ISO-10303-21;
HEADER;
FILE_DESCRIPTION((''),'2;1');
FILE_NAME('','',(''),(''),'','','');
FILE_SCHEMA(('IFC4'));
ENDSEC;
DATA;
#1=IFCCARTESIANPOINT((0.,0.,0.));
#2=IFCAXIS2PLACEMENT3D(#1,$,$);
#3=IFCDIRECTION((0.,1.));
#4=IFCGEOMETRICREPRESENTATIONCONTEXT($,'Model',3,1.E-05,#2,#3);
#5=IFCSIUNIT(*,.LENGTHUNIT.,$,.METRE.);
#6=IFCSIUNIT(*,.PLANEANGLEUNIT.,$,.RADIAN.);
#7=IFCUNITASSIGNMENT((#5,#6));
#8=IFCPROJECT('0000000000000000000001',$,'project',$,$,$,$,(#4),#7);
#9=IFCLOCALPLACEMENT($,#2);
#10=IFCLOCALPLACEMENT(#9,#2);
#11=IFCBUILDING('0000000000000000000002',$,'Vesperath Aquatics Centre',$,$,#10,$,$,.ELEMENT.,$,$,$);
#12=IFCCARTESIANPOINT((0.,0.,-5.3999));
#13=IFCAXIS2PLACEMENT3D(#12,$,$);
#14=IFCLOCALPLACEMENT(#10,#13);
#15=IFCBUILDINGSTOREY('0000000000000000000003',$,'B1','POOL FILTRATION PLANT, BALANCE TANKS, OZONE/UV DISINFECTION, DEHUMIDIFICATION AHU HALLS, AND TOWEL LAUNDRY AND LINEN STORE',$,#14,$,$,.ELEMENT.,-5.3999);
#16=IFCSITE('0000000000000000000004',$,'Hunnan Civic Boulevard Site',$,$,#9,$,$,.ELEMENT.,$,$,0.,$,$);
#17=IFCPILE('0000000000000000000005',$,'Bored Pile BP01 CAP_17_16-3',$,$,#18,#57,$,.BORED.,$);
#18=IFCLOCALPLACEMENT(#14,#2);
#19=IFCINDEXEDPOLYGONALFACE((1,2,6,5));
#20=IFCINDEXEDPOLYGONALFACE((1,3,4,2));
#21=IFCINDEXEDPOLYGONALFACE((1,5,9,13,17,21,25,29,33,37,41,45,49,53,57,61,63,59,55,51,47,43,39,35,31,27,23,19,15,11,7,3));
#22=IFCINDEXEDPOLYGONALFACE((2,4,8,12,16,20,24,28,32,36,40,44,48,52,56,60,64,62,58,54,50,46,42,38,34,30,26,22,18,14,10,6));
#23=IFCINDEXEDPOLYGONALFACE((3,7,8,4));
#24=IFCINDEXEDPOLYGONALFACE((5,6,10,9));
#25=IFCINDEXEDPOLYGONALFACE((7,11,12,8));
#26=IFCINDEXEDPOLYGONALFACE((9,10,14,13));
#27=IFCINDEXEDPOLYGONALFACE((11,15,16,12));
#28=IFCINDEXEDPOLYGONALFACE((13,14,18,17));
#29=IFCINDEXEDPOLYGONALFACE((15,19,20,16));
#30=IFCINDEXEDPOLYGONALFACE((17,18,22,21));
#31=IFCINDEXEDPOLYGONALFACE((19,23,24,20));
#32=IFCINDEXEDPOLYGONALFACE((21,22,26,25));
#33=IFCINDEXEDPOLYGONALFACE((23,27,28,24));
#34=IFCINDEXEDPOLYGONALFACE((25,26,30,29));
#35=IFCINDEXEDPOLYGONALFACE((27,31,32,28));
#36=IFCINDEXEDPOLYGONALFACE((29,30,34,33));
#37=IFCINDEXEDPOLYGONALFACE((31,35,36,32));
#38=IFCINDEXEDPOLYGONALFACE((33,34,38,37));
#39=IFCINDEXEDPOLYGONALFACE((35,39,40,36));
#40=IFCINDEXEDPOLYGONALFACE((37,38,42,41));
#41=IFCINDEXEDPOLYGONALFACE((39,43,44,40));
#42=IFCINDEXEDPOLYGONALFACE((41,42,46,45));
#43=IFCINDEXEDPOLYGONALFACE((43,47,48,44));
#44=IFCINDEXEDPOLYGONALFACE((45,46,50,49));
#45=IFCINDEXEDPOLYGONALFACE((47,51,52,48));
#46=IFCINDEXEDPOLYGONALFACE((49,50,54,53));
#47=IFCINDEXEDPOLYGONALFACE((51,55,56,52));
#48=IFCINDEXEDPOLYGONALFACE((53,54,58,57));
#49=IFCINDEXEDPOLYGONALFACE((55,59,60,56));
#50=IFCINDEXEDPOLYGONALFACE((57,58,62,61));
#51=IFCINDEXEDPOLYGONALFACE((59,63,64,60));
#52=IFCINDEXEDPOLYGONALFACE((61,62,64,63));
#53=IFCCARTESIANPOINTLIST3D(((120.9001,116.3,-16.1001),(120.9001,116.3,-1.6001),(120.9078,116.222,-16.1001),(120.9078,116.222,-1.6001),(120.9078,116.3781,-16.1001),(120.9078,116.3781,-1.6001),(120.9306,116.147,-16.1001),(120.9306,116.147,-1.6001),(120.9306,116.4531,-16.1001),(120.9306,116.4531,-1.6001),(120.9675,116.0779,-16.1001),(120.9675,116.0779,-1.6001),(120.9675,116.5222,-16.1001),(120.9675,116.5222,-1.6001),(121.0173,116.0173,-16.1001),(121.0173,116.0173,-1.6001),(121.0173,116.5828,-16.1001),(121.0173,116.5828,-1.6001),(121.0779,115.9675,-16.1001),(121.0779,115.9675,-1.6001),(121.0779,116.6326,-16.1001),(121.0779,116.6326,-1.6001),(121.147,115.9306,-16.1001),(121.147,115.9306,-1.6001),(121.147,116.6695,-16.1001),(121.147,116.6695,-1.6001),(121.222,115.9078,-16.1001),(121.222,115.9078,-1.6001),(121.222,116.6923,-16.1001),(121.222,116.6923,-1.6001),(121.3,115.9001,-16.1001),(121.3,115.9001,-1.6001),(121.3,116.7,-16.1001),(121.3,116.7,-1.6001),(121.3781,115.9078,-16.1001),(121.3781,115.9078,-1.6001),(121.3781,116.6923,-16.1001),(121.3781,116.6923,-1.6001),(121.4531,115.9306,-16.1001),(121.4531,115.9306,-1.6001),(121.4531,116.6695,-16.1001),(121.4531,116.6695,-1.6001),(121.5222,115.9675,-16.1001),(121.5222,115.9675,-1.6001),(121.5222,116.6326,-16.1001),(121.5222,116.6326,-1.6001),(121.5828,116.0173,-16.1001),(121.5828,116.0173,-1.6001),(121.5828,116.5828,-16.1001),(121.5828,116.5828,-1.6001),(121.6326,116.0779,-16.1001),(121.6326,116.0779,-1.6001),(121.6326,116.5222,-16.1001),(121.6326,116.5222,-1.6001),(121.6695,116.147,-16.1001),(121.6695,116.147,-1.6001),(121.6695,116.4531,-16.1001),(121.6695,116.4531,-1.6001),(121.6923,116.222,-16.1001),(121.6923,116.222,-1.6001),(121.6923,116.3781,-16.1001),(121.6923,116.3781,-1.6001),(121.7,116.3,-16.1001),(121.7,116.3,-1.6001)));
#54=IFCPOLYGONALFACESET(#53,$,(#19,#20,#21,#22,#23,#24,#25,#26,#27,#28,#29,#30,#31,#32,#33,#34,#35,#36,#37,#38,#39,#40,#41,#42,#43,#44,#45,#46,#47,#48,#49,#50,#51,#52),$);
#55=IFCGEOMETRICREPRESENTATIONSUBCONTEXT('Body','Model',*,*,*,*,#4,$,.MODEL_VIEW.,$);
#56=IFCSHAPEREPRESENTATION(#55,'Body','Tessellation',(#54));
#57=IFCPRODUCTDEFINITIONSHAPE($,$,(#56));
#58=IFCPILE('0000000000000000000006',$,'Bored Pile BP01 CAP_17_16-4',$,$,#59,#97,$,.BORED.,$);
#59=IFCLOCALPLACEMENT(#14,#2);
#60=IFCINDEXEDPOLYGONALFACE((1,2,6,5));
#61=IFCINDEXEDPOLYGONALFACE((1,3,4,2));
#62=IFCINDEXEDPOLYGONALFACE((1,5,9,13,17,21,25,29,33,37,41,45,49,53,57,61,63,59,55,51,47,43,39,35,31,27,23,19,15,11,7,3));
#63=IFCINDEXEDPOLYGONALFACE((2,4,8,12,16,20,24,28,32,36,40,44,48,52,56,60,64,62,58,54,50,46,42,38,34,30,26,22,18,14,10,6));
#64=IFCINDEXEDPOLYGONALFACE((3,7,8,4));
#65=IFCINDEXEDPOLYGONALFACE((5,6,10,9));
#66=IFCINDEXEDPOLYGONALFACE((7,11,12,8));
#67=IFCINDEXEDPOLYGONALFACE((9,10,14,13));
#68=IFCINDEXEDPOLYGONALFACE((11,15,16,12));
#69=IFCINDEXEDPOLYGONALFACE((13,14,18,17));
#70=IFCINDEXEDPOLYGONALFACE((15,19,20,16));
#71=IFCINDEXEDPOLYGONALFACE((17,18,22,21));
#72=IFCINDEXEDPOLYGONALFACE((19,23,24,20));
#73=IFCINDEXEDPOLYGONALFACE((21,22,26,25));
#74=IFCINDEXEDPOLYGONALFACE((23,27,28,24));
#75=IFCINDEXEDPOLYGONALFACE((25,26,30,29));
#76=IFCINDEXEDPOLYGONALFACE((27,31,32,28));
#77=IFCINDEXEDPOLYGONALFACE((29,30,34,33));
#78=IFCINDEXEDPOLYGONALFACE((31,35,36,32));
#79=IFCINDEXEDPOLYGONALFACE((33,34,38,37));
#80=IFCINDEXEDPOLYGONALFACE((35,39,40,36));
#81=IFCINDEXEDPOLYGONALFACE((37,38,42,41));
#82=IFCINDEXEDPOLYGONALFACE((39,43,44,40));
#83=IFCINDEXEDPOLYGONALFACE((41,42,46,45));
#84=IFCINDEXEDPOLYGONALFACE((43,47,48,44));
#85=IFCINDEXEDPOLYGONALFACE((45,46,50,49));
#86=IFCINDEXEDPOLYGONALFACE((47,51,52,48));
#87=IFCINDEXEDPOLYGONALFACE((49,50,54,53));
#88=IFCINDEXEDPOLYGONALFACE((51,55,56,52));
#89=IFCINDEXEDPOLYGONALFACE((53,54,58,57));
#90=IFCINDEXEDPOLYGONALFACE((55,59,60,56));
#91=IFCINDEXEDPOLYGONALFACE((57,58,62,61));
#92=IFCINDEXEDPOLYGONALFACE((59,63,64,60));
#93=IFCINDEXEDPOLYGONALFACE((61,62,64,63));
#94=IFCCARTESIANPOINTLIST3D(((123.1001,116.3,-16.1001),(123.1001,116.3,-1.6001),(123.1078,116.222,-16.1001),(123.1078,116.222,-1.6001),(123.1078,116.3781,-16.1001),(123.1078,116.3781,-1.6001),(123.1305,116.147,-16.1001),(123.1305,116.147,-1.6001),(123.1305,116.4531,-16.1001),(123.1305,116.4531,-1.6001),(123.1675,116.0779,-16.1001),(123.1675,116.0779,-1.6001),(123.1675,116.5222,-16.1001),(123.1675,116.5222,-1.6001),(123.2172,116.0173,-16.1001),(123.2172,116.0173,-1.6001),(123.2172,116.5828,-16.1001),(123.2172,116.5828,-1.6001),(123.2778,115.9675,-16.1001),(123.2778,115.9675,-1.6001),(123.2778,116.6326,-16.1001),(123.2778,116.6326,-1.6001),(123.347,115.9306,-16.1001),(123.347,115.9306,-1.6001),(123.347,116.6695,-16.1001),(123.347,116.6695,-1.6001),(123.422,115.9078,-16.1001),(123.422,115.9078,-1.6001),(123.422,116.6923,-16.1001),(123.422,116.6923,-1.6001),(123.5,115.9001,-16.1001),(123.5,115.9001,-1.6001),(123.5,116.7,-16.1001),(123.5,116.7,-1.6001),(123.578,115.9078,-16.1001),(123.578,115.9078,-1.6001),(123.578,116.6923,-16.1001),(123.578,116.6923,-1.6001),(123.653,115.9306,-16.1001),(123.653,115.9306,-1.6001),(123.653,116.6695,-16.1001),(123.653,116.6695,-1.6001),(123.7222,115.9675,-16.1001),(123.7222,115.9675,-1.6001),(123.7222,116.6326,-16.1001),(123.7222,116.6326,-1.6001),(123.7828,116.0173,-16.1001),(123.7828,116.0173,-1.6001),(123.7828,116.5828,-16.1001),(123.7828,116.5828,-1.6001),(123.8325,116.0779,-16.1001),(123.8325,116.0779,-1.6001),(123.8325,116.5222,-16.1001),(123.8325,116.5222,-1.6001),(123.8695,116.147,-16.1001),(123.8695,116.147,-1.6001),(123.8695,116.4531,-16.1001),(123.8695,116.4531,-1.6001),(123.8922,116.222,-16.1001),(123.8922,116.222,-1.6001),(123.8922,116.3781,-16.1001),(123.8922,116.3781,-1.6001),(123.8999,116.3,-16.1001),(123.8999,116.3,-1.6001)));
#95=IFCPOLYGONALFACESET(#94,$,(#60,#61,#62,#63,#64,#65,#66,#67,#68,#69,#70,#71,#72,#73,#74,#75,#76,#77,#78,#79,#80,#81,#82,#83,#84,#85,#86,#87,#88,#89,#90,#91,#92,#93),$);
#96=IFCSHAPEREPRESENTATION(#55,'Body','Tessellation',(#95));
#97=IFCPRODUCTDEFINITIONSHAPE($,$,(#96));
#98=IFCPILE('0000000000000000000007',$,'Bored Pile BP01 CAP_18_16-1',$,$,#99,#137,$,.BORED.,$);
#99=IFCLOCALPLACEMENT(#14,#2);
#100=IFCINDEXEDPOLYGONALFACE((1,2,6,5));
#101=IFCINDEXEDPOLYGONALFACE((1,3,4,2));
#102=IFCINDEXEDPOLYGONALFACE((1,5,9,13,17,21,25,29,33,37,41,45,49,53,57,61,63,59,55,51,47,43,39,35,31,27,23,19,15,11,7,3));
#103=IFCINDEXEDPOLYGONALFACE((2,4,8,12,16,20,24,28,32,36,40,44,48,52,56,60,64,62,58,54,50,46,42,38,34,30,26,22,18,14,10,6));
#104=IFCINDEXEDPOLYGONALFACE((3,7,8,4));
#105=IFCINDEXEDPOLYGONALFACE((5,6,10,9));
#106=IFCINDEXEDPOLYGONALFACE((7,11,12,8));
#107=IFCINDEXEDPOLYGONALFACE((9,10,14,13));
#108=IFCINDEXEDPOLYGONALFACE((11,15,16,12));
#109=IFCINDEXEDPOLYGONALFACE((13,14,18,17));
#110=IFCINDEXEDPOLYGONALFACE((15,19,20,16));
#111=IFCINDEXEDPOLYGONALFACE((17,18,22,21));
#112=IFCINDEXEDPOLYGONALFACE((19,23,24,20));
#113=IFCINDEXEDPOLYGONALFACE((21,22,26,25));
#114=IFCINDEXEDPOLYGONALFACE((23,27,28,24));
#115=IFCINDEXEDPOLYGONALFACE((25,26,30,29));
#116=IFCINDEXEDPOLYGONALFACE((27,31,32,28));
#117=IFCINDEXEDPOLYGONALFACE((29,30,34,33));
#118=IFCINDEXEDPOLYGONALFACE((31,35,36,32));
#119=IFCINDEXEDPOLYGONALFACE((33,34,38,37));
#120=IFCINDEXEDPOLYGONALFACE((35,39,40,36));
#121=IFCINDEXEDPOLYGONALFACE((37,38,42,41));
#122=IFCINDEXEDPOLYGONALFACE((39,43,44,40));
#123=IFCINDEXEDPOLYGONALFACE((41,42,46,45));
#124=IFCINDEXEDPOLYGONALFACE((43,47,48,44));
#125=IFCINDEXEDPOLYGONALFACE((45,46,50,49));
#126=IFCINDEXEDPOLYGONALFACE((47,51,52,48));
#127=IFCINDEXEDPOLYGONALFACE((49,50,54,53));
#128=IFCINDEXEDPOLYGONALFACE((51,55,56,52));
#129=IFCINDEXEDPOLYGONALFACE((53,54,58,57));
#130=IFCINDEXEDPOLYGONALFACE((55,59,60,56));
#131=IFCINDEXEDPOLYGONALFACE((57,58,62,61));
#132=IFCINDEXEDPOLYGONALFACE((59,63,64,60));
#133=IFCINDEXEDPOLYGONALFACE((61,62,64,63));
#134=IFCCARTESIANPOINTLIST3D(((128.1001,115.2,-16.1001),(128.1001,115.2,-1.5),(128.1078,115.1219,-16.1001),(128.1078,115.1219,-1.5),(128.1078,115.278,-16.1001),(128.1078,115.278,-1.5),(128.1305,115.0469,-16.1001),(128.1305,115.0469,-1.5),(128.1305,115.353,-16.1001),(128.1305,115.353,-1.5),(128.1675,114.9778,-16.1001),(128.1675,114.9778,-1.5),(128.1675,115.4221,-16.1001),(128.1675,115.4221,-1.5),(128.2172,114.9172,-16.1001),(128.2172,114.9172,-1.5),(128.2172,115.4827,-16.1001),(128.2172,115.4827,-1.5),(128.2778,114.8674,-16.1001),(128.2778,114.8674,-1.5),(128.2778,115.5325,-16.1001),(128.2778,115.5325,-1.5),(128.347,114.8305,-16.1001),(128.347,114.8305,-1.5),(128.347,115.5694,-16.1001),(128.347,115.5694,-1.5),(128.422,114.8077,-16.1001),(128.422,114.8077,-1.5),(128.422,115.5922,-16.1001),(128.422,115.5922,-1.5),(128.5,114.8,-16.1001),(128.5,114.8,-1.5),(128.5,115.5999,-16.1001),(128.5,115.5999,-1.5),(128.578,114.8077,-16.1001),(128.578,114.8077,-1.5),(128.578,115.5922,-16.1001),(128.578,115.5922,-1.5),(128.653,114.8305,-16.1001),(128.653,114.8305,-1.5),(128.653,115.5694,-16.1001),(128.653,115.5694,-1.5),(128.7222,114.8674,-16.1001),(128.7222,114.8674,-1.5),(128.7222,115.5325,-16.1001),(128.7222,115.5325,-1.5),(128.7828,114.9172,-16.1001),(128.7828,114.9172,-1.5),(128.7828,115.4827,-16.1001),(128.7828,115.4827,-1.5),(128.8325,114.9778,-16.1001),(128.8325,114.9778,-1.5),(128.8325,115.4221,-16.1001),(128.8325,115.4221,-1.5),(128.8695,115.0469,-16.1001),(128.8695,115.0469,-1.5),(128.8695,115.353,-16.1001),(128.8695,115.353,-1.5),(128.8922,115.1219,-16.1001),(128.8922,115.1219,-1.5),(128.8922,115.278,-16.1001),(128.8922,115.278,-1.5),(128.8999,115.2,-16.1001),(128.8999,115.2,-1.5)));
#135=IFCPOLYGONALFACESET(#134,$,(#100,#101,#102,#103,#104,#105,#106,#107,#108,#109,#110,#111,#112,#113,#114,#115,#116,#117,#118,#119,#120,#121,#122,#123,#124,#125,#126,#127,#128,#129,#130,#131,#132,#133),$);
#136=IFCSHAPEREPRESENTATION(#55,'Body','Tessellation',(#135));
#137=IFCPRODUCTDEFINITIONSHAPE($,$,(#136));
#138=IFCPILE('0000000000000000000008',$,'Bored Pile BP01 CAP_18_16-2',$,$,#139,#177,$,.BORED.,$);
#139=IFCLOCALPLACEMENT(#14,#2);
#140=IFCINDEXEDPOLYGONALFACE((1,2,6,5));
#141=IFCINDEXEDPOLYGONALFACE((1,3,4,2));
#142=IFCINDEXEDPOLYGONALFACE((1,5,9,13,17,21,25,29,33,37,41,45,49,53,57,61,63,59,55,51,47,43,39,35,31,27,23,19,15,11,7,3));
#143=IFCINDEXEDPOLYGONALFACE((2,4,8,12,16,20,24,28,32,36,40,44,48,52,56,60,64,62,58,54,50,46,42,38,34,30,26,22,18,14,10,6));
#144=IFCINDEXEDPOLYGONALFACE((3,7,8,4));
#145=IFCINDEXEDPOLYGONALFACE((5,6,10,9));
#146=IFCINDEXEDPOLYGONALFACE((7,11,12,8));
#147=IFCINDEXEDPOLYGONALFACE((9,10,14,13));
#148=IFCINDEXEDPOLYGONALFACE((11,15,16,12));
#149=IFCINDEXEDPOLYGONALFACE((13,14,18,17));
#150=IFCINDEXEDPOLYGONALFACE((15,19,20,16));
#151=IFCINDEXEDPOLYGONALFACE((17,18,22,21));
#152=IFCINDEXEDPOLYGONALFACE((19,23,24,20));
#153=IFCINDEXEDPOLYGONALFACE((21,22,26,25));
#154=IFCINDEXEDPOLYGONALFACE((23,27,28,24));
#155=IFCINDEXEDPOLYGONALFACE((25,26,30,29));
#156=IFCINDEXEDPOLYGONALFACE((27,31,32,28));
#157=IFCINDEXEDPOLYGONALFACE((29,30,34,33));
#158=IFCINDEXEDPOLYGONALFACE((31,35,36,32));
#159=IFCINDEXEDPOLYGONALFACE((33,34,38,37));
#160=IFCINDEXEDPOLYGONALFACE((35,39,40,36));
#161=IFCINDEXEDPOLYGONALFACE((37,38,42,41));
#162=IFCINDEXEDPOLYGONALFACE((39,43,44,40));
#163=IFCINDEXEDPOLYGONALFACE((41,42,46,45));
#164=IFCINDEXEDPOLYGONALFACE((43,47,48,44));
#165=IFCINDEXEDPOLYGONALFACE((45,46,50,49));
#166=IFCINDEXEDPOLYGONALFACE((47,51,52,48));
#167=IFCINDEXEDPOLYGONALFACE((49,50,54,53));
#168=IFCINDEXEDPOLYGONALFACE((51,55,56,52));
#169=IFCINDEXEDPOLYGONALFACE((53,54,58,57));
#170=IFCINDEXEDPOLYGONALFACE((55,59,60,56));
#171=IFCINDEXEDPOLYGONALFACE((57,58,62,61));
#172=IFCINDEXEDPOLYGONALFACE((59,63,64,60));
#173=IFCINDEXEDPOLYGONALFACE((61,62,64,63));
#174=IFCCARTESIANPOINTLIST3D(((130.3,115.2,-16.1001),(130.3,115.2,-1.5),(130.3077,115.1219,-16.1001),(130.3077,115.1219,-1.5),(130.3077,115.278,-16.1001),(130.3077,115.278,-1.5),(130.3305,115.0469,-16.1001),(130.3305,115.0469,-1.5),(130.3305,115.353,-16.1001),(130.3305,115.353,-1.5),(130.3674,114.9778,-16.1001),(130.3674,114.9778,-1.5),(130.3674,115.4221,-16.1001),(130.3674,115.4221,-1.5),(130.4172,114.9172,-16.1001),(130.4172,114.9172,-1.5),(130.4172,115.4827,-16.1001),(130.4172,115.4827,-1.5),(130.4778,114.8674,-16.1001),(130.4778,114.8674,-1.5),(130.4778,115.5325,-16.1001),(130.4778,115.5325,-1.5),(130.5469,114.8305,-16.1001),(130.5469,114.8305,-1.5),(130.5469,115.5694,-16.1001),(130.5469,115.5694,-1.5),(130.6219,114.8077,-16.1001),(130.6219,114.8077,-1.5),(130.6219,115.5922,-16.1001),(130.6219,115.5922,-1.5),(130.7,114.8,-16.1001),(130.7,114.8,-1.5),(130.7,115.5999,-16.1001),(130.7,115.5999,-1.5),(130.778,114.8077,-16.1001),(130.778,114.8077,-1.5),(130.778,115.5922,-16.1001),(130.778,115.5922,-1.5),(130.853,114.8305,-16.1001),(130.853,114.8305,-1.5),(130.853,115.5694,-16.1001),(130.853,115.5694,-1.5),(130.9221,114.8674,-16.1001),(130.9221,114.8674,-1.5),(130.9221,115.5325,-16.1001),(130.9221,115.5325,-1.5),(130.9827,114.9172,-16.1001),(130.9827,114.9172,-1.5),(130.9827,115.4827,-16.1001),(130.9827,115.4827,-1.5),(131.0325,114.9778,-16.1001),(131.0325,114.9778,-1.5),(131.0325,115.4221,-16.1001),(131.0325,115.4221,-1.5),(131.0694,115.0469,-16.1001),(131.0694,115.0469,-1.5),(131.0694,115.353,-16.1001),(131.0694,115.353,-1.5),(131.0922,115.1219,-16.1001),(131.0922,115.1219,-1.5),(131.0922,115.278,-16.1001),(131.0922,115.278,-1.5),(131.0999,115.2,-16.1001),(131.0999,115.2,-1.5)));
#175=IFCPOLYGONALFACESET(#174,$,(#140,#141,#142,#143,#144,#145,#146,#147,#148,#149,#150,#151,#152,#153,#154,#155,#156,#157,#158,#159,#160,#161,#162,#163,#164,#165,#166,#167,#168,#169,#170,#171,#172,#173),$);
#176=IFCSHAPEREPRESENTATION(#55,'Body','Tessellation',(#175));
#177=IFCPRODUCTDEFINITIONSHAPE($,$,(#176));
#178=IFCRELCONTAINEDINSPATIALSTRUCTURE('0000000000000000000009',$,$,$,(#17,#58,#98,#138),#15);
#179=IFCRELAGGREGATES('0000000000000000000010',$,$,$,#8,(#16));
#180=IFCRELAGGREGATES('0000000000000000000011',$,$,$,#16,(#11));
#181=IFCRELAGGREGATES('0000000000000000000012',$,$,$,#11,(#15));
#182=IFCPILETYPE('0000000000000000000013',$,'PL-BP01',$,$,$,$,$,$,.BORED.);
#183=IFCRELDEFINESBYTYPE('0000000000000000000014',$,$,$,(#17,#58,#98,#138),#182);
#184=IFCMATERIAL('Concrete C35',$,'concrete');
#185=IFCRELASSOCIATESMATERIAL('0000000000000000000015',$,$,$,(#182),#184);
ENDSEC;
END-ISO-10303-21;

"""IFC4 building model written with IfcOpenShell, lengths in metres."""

from ifc_helpers import new_model, si_unit, direction, frame, origin, origin_2d, place, context, subcontext, project, spatial, circle, extrude, material, material_profile, profile_set, type_object, element, save


model = new_model("IFC4")

# Units and contexts
model_context = context("Model", 3, precision=1e-05, world=origin(), true_north=direction((0.0, 1.0)))
body_context = subcontext(model_context, "Body", "Model", "MODEL_VIEW")
ifc_project = project(units=[si_unit("LENGTHUNIT", "METRE"), si_unit("PLANEANGLEUNIT", "RADIAN")], contexts=[model_context])

# Site, building, storey
site_placement = place(None, origin())
site = spatial("IfcSite", under=ifc_project, at=site_placement, Name="Hunnan Civic Boulevard Site", CompositionType="ELEMENT", RefElevation=0.0)
building_placement = place(site_placement, origin())
building = spatial("IfcBuilding", under=site, at=building_placement, Name="Vesperath Aquatics Centre", CompositionType="ELEMENT")
storey_placement = place(building_placement, frame((0.0, 0.0, -5.3999)))
storey = spatial("IfcBuildingStorey", under=building, at=storey_placement, Name="B1", Description="POOL FILTRATION PLANT, BALANCE TANKS, OZONE/UV DISINFECTION, DEHUMIDIFICATION AHU HALLS, AND TOWEL LAUNDRY AND LINEN STORE", CompositionType="ELEMENT", Elevation=-5.3999)

# Piles
ifc_material_1 = material(Name="Concrete C35", Category="concrete")
ifc_material_profile_1 = material_profile(ifc_material_1, circle(Radius=0.3999, at=origin_2d()), Name="PILE D800")
ifc_profile_set_1 = profile_set([ifc_material_profile_1], Name="Concrete C35")
pile_type = type_object("IfcPileType", Name="PL-BP01", PredefinedType="BORED", material=ifc_profile_set_1)
for number, where, z_axis, x_axis, name in (
    (1, (121.3, 116.3, -1.6001), (0.0, 0.0, -1.0), (1.0, 0.0, 0.0), "Bored Pile BP01 CAP_17_16-3"),
    (2, (123.5, 116.3, -1.6001), (0.0, 0.0, -1.0), (1.0, 0.0, 0.0), "Bored Pile BP01 CAP_17_16-4"),
):
    element("IfcPile", number, at=place(storey_placement, frame(where, z_axis=z_axis, x_axis=x_axis)), inside=storey, type_object=pile_type, Name=name, PredefinedType="BORED", context=body_context, shape_type="SweptSolid", body=[
        extrude(circle(Radius=0.3999, at=origin_2d()), origin(), (0.0, 0.0, 1.0), 14.5),
    ])
for number, where, z_axis, x_axis, name in (
    (3, (128.5, 115.2, -1.5), (0.0, 0.0, -1.0), (1.0, 0.0, 0.0), "Bored Pile BP01 CAP_18_16-1"),
    (4, (130.7, 115.2, -1.5), (0.0, 0.0, -1.0), (1.0, 0.0, 0.0), "Bored Pile BP01 CAP_18_16-2"),
):
    element("IfcPile", number, at=place(storey_placement, frame(where, z_axis=z_axis, x_axis=x_axis)), inside=storey, type_object=pile_type, Name=name, PredefinedType="BORED", context=body_context, shape_type="SweptSolid", body=[
        extrude(circle(Radius=0.3999, at=origin_2d()), origin(), (0.0, 0.0, 1.0), 14.6001),
    ])

save(model, "model.ifc")
